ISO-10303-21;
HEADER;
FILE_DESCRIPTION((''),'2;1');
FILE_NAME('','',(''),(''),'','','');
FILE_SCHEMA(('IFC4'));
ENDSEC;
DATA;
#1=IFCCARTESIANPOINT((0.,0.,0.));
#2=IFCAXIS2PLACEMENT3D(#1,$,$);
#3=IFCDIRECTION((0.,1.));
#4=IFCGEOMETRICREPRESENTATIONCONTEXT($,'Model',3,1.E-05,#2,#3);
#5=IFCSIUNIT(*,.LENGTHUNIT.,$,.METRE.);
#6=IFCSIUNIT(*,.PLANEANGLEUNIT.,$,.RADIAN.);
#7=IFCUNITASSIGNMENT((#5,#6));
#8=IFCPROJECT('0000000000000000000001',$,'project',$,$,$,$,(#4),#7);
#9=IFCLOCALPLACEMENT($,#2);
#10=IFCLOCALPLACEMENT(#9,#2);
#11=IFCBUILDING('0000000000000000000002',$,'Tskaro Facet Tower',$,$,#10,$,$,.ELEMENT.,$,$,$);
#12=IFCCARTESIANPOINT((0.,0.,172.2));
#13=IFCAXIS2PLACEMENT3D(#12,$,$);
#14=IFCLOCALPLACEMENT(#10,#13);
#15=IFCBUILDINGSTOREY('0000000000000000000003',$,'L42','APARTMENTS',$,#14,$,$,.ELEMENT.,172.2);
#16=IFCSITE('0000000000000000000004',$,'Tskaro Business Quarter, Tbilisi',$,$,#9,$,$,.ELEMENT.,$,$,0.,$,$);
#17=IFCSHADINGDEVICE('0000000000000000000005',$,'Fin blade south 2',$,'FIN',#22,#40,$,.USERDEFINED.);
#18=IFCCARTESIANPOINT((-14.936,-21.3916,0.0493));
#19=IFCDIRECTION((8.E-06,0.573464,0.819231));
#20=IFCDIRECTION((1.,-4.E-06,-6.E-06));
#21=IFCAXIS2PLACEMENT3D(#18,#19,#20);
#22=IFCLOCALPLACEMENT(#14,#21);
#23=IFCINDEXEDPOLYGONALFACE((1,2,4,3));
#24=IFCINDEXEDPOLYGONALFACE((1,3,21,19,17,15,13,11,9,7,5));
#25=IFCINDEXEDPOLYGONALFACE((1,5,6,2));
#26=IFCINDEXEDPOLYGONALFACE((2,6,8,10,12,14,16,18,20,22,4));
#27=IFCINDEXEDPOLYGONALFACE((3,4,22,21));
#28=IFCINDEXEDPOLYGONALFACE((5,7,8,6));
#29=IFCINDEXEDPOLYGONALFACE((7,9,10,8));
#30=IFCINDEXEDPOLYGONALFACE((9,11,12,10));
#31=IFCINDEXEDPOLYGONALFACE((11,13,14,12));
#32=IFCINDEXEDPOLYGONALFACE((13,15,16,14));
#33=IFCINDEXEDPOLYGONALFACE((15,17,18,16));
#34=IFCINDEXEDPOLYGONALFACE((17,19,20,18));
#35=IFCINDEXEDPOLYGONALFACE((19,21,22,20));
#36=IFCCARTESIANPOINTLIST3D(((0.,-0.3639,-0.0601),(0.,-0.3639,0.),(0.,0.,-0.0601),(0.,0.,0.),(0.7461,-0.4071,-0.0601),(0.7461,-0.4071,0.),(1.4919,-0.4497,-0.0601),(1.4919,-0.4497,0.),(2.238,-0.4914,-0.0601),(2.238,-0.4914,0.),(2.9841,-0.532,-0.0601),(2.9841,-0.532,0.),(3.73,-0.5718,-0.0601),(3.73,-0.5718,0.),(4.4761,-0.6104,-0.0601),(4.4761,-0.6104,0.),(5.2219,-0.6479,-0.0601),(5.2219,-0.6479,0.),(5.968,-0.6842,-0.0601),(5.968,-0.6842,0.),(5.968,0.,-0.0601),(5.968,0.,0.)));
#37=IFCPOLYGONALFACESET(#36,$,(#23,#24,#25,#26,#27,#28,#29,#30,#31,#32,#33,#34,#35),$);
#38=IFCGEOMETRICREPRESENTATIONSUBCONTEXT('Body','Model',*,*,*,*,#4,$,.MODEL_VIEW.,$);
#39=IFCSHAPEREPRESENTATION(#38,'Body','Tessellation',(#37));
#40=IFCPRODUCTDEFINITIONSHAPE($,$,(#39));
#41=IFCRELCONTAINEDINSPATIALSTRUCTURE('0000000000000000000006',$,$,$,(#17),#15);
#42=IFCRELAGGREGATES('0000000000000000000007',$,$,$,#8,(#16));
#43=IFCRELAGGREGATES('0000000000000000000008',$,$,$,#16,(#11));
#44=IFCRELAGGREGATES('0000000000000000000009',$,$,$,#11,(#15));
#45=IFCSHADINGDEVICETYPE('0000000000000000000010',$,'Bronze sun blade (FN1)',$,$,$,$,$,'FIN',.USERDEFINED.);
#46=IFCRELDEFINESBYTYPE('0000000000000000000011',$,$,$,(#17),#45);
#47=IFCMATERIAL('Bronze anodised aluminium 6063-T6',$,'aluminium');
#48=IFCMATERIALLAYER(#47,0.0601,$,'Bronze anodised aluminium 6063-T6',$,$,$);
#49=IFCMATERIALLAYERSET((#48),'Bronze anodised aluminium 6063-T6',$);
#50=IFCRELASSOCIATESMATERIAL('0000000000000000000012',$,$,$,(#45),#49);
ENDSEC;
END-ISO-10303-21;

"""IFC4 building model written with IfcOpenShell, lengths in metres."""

from ifc_helpers import new_model, si_unit, direction, frame, origin, place, context, subcontext, project, spatial, polyline, outline, extrude, material, layer, layer_set, type_object, element, save


model = new_model("IFC4")

# Units and contexts
model_context = context("Model", 3, precision=1e-05, world=origin(), true_north=direction((0.0, 1.0)))
body_context = subcontext(model_context, "Body", "Model", "MODEL_VIEW")
ifc_project = project(units=[si_unit("LENGTHUNIT", "METRE"), si_unit("PLANEANGLEUNIT", "RADIAN")], contexts=[model_context])

# Site, building, storey
site_placement = place(None, origin())
site = spatial("IfcSite", under=ifc_project, at=site_placement, Name="Tskaro Business Quarter, Tbilisi", CompositionType="ELEMENT", RefElevation=0.0)
building_placement = place(site_placement, origin())
building = spatial("IfcBuilding", under=site, at=building_placement, Name="Tskaro Facet Tower", CompositionType="ELEMENT")
storey_placement = place(building_placement, frame((0.0, 0.0, 172.2)))
storey = spatial("IfcBuildingStorey", under=building, at=storey_placement, Name="L42", Description="APARTMENTS", CompositionType="ELEMENT", Elevation=172.2)

# Shared definitions
ifc_material_1 = material(Name="Bronze anodised aluminium 6063-T6", Category="aluminium")

# Shading device
ifc_layer_1 = layer(ifc_material_1, 0.0601, Name="Bronze anodised aluminium 6063-T6")
ifc_layer_set_1 = layer_set([ifc_layer_1], Name="Bronze anodised aluminium 6063-T6")
shading_device_type = type_object("IfcShadingDeviceType", Name="Bronze sun blade (FN1)", ElementType="FIN", PredefinedType="USERDEFINED", material=ifc_layer_set_1)
shading_device_1_placement = place(storey_placement, frame((-14.936, -21.3916, 0.0493), z_axis=(0.000008, 0.573464, 0.819231), x_axis=(1.0, -0.000004, -0.000006)))
element("IfcShadingDevice", 1, at=shading_device_1_placement, inside=storey, type_object=shading_device_type, Name="Fin blade south 2", ObjectType="FIN", PredefinedType="USERDEFINED", context=body_context, shape_type="SweptSolid", body=[
    extrude(outline(polyline([(0.0, 0.0), (5.968, 0.0), (5.968, -0.6842), (5.2219, -0.6479), (4.4761, -0.6104), (3.73, -0.5718), (2.9841, -0.532), (2.238, -0.4914), (1.4919, -0.4497), (0.7461, -0.4071), (0.0, -0.3639), (0.0, 0.0)])), origin(), (0.0, 0.0, -1.0), 0.0601),
])

save(model, "model.ifc")
